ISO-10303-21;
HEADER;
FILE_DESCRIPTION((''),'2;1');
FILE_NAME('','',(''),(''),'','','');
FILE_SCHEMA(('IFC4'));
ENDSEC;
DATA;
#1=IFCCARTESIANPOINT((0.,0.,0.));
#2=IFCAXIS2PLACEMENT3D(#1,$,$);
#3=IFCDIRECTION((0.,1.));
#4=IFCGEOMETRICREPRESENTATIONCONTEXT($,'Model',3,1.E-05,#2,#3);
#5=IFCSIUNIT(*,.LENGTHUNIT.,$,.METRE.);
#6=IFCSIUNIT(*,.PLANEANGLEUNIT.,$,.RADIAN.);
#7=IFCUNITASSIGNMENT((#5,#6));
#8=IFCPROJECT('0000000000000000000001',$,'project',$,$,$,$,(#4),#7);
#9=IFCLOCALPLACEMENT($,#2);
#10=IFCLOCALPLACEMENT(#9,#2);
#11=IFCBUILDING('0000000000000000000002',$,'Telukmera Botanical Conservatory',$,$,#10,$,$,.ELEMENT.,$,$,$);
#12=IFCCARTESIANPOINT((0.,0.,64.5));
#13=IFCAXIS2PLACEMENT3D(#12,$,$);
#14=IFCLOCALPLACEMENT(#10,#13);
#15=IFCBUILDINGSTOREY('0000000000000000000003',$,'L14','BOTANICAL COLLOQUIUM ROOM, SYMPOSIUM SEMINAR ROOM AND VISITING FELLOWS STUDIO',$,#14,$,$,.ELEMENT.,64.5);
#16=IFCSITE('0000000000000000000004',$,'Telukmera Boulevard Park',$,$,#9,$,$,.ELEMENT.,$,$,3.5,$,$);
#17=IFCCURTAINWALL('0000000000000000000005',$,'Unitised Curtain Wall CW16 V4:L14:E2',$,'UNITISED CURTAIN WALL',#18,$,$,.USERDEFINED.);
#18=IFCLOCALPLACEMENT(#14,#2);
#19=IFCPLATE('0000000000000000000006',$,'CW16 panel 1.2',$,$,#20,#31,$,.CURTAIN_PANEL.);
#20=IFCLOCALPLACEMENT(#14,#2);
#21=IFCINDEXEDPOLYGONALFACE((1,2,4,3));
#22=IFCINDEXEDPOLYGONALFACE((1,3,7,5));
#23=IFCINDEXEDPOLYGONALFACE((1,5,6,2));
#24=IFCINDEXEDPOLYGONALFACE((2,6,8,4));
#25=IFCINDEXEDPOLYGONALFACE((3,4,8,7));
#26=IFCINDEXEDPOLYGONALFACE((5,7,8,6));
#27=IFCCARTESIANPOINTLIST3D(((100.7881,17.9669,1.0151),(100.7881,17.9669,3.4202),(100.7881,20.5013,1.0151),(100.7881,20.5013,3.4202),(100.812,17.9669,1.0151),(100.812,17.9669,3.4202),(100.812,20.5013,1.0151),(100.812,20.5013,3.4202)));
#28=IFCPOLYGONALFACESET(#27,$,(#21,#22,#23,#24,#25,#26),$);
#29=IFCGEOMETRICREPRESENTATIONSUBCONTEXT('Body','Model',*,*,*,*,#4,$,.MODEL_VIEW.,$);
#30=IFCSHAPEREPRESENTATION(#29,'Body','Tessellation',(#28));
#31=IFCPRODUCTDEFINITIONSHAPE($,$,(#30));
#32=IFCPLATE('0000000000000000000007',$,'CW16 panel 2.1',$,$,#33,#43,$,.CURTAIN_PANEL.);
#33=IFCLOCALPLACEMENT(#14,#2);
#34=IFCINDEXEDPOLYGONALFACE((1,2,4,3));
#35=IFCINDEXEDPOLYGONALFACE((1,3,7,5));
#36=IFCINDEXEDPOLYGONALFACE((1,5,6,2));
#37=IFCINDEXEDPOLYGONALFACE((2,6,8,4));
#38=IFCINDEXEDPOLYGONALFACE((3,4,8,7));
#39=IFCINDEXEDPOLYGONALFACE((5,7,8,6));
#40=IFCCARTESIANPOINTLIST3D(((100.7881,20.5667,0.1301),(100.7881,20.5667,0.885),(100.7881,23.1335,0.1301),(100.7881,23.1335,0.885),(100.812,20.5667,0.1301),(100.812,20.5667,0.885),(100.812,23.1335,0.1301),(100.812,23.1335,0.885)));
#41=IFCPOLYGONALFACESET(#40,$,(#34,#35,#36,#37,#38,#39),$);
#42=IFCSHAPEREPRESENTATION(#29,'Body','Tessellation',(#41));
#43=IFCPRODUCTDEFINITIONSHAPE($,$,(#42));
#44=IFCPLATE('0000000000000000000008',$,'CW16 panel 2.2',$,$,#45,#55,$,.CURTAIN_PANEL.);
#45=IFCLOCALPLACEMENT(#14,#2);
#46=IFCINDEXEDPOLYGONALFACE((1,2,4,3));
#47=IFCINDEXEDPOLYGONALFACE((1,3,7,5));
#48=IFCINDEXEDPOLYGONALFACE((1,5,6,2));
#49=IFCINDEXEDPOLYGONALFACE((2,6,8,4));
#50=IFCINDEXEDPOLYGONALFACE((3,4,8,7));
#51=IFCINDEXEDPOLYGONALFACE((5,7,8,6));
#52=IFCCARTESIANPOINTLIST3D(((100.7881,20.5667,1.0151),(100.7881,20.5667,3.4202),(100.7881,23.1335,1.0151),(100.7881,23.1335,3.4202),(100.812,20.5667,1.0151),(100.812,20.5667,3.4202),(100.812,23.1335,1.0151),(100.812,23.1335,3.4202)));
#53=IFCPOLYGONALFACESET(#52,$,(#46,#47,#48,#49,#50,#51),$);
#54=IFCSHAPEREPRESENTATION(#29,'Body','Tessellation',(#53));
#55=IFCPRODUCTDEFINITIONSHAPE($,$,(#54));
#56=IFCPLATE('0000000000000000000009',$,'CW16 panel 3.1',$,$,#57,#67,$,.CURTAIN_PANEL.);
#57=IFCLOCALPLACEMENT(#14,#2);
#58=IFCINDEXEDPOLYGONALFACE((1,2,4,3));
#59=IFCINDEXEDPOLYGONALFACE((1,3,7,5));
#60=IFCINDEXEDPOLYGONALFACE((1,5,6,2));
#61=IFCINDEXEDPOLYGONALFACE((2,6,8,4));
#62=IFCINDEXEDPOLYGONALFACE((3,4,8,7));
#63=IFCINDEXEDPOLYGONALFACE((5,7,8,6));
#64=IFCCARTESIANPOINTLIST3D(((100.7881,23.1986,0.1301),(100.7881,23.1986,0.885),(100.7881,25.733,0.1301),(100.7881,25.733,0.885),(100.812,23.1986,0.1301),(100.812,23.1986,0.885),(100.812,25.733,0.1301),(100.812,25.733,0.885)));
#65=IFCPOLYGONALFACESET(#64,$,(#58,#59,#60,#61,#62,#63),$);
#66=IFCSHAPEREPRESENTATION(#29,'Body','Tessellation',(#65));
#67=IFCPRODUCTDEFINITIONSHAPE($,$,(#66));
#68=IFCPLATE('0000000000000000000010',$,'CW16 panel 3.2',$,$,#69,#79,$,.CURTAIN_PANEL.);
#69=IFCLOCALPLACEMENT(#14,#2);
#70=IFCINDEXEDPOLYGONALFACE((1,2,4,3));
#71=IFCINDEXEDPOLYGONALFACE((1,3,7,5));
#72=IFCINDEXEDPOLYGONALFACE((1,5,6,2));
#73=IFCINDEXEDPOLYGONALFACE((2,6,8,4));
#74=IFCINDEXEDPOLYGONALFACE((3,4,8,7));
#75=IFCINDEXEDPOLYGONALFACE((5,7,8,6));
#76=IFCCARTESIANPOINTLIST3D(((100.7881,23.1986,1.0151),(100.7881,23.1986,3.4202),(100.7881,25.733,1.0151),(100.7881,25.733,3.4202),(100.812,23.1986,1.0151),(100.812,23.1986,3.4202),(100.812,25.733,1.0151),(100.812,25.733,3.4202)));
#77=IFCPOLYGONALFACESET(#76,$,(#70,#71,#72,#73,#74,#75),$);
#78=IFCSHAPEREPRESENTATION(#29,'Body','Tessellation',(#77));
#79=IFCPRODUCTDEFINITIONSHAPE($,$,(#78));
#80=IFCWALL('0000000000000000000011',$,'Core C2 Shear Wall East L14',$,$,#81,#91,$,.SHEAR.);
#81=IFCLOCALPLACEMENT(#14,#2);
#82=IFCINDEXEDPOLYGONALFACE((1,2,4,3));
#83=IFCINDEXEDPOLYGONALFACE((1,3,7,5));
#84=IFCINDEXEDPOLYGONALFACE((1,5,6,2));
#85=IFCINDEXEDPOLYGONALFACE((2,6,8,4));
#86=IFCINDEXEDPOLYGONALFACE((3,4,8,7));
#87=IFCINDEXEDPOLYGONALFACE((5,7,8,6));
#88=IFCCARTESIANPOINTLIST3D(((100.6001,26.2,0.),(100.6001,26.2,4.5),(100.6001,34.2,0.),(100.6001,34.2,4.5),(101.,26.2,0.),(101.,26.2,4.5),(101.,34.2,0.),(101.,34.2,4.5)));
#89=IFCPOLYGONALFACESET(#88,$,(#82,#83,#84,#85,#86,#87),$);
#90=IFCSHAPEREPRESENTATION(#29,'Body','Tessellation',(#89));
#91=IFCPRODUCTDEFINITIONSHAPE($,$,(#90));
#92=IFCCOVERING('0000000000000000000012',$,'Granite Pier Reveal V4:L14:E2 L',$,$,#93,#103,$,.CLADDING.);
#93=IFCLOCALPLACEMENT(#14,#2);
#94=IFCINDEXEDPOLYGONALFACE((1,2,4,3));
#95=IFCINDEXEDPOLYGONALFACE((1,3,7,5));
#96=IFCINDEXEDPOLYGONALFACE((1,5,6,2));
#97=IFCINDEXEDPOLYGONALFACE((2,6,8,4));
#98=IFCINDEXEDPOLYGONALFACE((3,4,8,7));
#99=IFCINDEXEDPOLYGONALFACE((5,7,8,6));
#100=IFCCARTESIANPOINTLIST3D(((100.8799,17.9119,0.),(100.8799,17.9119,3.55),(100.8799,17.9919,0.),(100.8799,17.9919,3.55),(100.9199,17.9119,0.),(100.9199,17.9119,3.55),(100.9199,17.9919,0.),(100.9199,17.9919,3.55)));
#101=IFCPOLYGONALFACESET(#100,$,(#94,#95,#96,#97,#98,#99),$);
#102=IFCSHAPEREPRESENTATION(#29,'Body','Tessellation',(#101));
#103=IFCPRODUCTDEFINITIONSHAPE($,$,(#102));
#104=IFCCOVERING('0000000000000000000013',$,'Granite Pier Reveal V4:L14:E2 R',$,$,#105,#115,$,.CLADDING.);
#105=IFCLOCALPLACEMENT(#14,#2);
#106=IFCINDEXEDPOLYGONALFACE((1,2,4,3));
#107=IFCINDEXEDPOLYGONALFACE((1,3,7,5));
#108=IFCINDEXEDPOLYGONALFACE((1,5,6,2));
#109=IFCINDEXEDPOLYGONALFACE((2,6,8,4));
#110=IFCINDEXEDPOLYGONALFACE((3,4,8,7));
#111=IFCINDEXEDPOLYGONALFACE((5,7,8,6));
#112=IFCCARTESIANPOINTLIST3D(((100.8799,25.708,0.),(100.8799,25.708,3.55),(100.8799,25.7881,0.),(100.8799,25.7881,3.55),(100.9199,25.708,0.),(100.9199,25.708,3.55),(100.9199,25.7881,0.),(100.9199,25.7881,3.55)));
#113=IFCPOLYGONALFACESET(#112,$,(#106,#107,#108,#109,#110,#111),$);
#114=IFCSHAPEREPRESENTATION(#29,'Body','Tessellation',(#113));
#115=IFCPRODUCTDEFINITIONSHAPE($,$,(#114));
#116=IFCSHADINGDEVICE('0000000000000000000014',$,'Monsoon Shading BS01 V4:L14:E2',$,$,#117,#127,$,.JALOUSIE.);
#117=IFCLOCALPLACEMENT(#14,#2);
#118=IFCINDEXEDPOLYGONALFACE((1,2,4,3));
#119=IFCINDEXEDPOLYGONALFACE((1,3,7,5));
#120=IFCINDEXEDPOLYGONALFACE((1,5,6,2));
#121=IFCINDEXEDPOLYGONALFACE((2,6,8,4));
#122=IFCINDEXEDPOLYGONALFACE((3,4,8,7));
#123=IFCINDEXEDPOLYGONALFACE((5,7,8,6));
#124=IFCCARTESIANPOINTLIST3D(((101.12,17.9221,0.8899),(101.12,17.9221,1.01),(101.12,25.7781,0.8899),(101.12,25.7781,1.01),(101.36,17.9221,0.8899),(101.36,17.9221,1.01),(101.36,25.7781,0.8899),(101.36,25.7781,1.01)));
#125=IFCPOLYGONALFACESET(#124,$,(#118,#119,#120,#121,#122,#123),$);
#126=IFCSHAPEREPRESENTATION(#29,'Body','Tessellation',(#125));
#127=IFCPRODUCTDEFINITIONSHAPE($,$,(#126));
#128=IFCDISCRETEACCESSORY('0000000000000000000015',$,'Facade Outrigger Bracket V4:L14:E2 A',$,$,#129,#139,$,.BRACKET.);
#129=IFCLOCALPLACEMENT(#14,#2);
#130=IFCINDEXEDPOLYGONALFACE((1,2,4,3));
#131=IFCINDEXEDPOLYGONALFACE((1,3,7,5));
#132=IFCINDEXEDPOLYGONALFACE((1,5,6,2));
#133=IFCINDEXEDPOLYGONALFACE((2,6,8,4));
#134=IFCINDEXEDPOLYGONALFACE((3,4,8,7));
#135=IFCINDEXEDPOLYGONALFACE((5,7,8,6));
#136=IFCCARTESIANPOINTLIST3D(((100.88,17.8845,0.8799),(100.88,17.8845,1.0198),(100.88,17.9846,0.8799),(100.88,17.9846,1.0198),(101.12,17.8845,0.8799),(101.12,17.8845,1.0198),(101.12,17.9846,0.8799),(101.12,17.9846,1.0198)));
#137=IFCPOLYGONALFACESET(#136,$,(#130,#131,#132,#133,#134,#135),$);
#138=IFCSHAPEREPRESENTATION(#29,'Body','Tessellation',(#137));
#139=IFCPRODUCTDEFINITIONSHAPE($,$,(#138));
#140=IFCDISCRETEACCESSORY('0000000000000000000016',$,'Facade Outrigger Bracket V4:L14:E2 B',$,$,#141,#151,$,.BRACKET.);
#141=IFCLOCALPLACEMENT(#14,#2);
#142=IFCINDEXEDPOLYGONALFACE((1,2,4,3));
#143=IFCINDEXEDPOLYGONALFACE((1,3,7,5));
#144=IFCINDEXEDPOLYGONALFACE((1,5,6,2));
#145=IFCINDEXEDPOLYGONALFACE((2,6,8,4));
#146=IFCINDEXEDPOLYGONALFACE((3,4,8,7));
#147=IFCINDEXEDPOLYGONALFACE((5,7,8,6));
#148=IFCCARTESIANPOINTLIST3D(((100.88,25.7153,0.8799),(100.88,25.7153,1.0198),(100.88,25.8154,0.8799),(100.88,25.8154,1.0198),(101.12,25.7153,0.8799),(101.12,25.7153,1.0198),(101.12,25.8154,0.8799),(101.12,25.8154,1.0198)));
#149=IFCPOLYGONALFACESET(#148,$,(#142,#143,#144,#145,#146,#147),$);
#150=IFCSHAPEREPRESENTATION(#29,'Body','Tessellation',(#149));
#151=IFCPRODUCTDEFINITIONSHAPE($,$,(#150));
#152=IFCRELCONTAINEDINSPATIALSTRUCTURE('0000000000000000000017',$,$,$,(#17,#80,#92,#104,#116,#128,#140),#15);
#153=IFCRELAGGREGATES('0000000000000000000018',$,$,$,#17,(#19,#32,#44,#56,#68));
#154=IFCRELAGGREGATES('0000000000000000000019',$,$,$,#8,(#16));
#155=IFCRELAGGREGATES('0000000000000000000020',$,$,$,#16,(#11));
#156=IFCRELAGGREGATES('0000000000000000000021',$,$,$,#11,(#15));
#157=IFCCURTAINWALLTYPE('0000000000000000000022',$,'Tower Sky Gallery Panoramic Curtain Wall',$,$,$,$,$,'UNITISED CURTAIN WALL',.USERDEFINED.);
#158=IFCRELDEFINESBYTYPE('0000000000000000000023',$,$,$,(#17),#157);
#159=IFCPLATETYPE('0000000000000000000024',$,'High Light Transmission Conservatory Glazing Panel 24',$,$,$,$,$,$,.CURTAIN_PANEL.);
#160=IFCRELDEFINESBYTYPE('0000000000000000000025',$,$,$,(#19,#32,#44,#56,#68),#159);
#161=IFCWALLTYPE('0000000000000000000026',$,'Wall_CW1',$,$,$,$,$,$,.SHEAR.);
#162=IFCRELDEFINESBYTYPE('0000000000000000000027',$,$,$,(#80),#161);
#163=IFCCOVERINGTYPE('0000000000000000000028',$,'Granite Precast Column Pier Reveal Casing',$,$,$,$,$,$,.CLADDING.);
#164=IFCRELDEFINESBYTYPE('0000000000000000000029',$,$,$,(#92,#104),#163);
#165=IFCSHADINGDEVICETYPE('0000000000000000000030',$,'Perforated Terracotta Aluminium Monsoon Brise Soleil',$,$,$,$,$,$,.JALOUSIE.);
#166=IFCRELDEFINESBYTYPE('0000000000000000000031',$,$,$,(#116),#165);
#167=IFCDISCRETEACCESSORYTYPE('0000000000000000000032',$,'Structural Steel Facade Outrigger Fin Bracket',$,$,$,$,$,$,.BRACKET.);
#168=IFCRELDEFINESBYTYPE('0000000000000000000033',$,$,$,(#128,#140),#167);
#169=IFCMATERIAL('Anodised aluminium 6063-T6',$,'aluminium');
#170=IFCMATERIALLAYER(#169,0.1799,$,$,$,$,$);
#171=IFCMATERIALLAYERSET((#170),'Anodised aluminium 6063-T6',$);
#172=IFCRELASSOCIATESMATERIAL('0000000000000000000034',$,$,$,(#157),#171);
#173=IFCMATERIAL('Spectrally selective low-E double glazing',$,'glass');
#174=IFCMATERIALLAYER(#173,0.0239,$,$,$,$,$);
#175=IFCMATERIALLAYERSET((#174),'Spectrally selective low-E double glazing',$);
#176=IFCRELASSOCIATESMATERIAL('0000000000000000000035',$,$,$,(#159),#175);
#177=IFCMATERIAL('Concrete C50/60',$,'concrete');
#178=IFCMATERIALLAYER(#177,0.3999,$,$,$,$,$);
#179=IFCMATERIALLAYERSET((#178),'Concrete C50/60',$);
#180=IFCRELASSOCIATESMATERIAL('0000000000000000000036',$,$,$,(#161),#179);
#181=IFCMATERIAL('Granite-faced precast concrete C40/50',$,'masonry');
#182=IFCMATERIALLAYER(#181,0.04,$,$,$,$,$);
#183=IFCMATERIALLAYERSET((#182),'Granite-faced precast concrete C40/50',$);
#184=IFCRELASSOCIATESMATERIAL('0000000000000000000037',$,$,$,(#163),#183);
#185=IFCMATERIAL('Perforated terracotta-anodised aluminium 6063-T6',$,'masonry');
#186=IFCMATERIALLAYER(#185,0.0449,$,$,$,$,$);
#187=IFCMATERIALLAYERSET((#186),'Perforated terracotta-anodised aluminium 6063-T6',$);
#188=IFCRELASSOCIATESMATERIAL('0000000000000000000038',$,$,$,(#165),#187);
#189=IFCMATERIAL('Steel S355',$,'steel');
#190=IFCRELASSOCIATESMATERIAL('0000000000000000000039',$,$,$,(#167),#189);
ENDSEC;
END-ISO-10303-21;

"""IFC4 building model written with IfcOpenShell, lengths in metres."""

from ifc_helpers import new_model, si_unit, direction, frame, frame_2d, origin, origin_2d, place, context, subcontext, project, spatial, rectangle, extrude, material, layer, layer_set, type_object, element, aggregate, save


model = new_model("IFC4")

# Units and contexts
model_context = context("Model", 3, precision=1e-05, world=origin(), true_north=direction((0.0, 1.0)))
body_context = subcontext(model_context, "Body", "Model", "MODEL_VIEW")
ifc_project = project(units=[si_unit("LENGTHUNIT", "METRE"), si_unit("PLANEANGLEUNIT", "RADIAN")], contexts=[model_context])

# Site, building, storey
site_placement = place(None, origin())
site = spatial("IfcSite", under=ifc_project, at=site_placement, Name="Telukmera Boulevard Park", CompositionType="ELEMENT", RefElevation=3.5)
building_placement = place(site_placement, origin())
building = spatial("IfcBuilding", under=site, at=building_placement, Name="Telukmera Botanical Conservatory", CompositionType="ELEMENT")
storey_placement = place(building_placement, frame((0.0, 0.0, 64.5)))
storey = spatial("IfcBuildingStorey", under=building, at=storey_placement, Name="L14", Description="BOTANICAL COLLOQUIUM ROOM, SYMPOSIUM SEMINAR ROOM AND VISITING FELLOWS STUDIO", CompositionType="ELEMENT", Elevation=64.5)

# Shared definitions
ifc_material_1 = material(Name="Concrete C50/60", Category="concrete")

# Curtain wall, plates
ifc_material_2 = material(Name="Anodised aluminium 6063-T6", Category="aluminium")
ifc_layer_1 = layer(ifc_material_2, 0.1799)
ifc_layer_set_1 = layer_set([ifc_layer_1], Name="Anodised aluminium 6063-T6")
curtain_wall_type = type_object("IfcCurtainWallType", Name="Tower Sky Gallery Panoramic Curtain Wall", ElementType="UNITISED CURTAIN WALL", PredefinedType="USERDEFINED", material=ifc_layer_set_1)
curtain_wall_placement = place(storey_placement, origin())
curtain_wall = element("IfcCurtainWall", 1, at=curtain_wall_placement, inside=storey, type_object=curtain_wall_type, Name="Unitised Curtain Wall CW16 V4:L14:E2", ObjectType="UNITISED CURTAIN WALL", PredefinedType="USERDEFINED")
ifc_material_3 = material(Name="Spectrally selective low-E double glazing", Category="glass")
ifc_layer_2 = layer(ifc_material_3, 0.0239)
ifc_layer_set_2 = layer_set([ifc_layer_2], Name="Spectrally selective low-E double glazing")
plate_type = type_object("IfcPlateType", Name="High Light Transmission Conservatory Glazing Panel 24", PredefinedType="CURTAIN_PANEL", material=ifc_layer_set_2)
plate_1_placement = place(storey_placement, frame((100.8, 19.2341, 1.0151), z_axis=(0.0, 0.0, 1.0), x_axis=(0.0, 1.0, 0.0)))
plate_1 = element("IfcPlate", 2, at=plate_1_placement, type_object=plate_type, Name="CW16 panel 1.2", PredefinedType="CURTAIN_PANEL", context=body_context, shape_type="SweptSolid", body=[
    extrude(rectangle(XDim=2.5344, YDim=0.0239, at=origin_2d()), origin(), (0.0, 0.0, 1.0), 2.405),
])
plate_2_placement = place(storey_placement, frame((100.8, 21.8501, 0.1301), z_axis=(0.0, 0.0, 1.0), x_axis=(0.0, 1.0, 0.0)))
plate_2 = element("IfcPlate", 3, at=plate_2_placement, type_object=plate_type, Name="CW16 panel 2.1", PredefinedType="CURTAIN_PANEL", context=body_context, shape_type="SweptSolid", body=[
    extrude(rectangle(XDim=2.5669, YDim=0.0239, at=origin_2d()), origin(), (0.0, 0.0, 1.0), 0.7549),
])
plate_3_placement = place(storey_placement, frame((100.8, 21.8501, 1.0151), z_axis=(0.0, 0.0, 1.0), x_axis=(0.0, 1.0, 0.0)))
plate_3 = element("IfcPlate", 4, at=plate_3_placement, type_object=plate_type, Name="CW16 panel 2.2", PredefinedType="CURTAIN_PANEL", context=body_context, shape_type="SweptSolid", body=[
    extrude(rectangle(XDim=2.5669, YDim=0.0239, at=origin_2d()), origin(), (0.0, 0.0, 1.0), 2.405),
])
plate_4_placement = place(storey_placement, frame((100.8, 24.4658, 0.1301), z_axis=(0.0, 0.0, 1.0), x_axis=(0.0, 1.0, 0.0)))
plate_4 = element("IfcPlate", 5, at=plate_4_placement, type_object=plate_type, Name="CW16 panel 3.1", PredefinedType="CURTAIN_PANEL", context=body_context, shape_type="SweptSolid", body=[
    extrude(rectangle(XDim=2.5344, YDim=0.0239, at=origin_2d()), origin(), (0.0, 0.0, 1.0), 0.7549),
])
plate_5_placement = place(storey_placement, frame((100.8, 24.4658, 1.0151), z_axis=(0.0, 0.0, 1.0), x_axis=(0.0, 1.0, 0.0)))
plate_5 = element("IfcPlate", 6, at=plate_5_placement, type_object=plate_type, Name="CW16 panel 3.2", PredefinedType="CURTAIN_PANEL", context=body_context, shape_type="SweptSolid", body=[
    extrude(rectangle(XDim=2.5344, YDim=0.0239, at=origin_2d()), origin(), (0.0, 0.0, 1.0), 2.405),
])
aggregate(curtain_wall, [plate_1, plate_2, plate_3, plate_4, plate_5])

# Wall
ifc_layer_3 = layer(ifc_material_1, 0.3999)
ifc_layer_set_3 = layer_set([ifc_layer_3], Name="Concrete C50/60")
wall_type = type_object("IfcWallType", Name="Wall_CW1", PredefinedType="SHEAR", material=ifc_layer_set_3)
wall_placement = place(storey_placement, frame((100.8, 26.2, 0.0), z_axis=(0.0, 0.0, 1.0), x_axis=(0.0, 1.0, 0.0)))
element("IfcWall", 7, at=wall_placement, inside=storey, type_object=wall_type, Name="Core C2 Shear Wall East L14", PredefinedType="SHEAR", context=body_context, shape_type="SweptSolid", body=[
    extrude(rectangle(XDim=8.0, YDim=0.3999, at=frame_2d((4.0, 0.0))), origin(), (0.0, 0.0, 1.0), 4.5),
])

# Coverings
ifc_material_4 = material(Name="Granite-faced precast concrete C40/50", Category="masonry")
ifc_layer_4 = layer(ifc_material_4, 0.04)
ifc_layer_set_4 = layer_set([ifc_layer_4], Name="Granite-faced precast concrete C40/50")
covering_type = type_object("IfcCoveringType", Name="Granite Precast Column Pier Reveal Casing", PredefinedType="CLADDING", material=ifc_layer_set_4)
for number, where, z_axis, x_axis, name in (
    (8, (100.8999, 17.9519, 0.0), (0.0, 0.0, 1.0), (0.0, 1.0, 0.0), "Granite Pier Reveal V4:L14:E2 L"),
    (9, (100.8999, 25.748, 0.0), (0.0, 0.0, 1.0), (0.0, 1.0, 0.0), "Granite Pier Reveal V4:L14:E2 R"),
):
    element("IfcCovering", number, at=place(storey_placement, frame(where, z_axis=z_axis, x_axis=x_axis)), inside=storey, type_object=covering_type, Name=name, PredefinedType="CLADDING", context=body_context, shape_type="SweptSolid", body=[
        extrude(rectangle(XDim=0.0801, YDim=0.04, at=origin_2d()), origin(), (0.0, 0.0, 1.0), 3.55),
    ])

# Shading device
ifc_material_5 = material(Name="Perforated terracotta-anodised aluminium 6063-T6", Category="masonry")
ifc_layer_5 = layer(ifc_material_5, 0.0449)
ifc_layer_set_5 = layer_set([ifc_layer_5], Name="Perforated terracotta-anodised aluminium 6063-T6")
shading_device_type = type_object("IfcShadingDeviceType", Name="Perforated Terracotta Aluminium Monsoon Brise Soleil", PredefinedType="JALOUSIE", material=ifc_layer_set_5)
shading_device_placement = place(storey_placement, frame((101.24, 21.8501, 0.8899), z_axis=(0.0, 0.0, 1.0), x_axis=(0.0, 1.0, 0.0)))
element("IfcShadingDevice", 10, at=shading_device_placement, inside=storey, type_object=shading_device_type, Name="Monsoon Shading BS01 V4:L14:E2", PredefinedType="JALOUSIE", context=body_context, shape_type="SweptSolid", body=[
    extrude(rectangle(XDim=7.856, YDim=0.24, at=origin_2d()), origin(), (0.0, 0.0, 1.0), 0.1201),
])

# Discrete accessories
ifc_material_6 = material(Name="Steel S355", Category="steel")
discrete_accessory_type = type_object("IfcDiscreteAccessoryType", Name="Structural Steel Facade Outrigger Fin Bracket", PredefinedType="BRACKET", material=ifc_material_6)
for number, where, z_axis, x_axis, name in (
    (11, (101.0, 17.9346, 0.8799), (0.0, 0.0, 1.0), (0.0, 1.0, 0.0), "Facade Outrigger Bracket V4:L14:E2 A"),
    (12, (101.0, 25.7654, 0.8799), (0.0, 0.0, 1.0), (0.0, 1.0, 0.0), "Facade Outrigger Bracket V4:L14:E2 B"),
):
    element("IfcDiscreteAccessory", number, at=place(storey_placement, frame(where, z_axis=z_axis, x_axis=x_axis)), inside=storey, type_object=discrete_accessory_type, Name=name, PredefinedType="BRACKET", context=body_context, shape_type="SweptSolid", body=[
        extrude(rectangle(XDim=0.1001, YDim=0.24, at=origin_2d()), origin(), (0.0, 0.0, 1.0), 0.1399),
    ])

save(model, "model.ifc")
